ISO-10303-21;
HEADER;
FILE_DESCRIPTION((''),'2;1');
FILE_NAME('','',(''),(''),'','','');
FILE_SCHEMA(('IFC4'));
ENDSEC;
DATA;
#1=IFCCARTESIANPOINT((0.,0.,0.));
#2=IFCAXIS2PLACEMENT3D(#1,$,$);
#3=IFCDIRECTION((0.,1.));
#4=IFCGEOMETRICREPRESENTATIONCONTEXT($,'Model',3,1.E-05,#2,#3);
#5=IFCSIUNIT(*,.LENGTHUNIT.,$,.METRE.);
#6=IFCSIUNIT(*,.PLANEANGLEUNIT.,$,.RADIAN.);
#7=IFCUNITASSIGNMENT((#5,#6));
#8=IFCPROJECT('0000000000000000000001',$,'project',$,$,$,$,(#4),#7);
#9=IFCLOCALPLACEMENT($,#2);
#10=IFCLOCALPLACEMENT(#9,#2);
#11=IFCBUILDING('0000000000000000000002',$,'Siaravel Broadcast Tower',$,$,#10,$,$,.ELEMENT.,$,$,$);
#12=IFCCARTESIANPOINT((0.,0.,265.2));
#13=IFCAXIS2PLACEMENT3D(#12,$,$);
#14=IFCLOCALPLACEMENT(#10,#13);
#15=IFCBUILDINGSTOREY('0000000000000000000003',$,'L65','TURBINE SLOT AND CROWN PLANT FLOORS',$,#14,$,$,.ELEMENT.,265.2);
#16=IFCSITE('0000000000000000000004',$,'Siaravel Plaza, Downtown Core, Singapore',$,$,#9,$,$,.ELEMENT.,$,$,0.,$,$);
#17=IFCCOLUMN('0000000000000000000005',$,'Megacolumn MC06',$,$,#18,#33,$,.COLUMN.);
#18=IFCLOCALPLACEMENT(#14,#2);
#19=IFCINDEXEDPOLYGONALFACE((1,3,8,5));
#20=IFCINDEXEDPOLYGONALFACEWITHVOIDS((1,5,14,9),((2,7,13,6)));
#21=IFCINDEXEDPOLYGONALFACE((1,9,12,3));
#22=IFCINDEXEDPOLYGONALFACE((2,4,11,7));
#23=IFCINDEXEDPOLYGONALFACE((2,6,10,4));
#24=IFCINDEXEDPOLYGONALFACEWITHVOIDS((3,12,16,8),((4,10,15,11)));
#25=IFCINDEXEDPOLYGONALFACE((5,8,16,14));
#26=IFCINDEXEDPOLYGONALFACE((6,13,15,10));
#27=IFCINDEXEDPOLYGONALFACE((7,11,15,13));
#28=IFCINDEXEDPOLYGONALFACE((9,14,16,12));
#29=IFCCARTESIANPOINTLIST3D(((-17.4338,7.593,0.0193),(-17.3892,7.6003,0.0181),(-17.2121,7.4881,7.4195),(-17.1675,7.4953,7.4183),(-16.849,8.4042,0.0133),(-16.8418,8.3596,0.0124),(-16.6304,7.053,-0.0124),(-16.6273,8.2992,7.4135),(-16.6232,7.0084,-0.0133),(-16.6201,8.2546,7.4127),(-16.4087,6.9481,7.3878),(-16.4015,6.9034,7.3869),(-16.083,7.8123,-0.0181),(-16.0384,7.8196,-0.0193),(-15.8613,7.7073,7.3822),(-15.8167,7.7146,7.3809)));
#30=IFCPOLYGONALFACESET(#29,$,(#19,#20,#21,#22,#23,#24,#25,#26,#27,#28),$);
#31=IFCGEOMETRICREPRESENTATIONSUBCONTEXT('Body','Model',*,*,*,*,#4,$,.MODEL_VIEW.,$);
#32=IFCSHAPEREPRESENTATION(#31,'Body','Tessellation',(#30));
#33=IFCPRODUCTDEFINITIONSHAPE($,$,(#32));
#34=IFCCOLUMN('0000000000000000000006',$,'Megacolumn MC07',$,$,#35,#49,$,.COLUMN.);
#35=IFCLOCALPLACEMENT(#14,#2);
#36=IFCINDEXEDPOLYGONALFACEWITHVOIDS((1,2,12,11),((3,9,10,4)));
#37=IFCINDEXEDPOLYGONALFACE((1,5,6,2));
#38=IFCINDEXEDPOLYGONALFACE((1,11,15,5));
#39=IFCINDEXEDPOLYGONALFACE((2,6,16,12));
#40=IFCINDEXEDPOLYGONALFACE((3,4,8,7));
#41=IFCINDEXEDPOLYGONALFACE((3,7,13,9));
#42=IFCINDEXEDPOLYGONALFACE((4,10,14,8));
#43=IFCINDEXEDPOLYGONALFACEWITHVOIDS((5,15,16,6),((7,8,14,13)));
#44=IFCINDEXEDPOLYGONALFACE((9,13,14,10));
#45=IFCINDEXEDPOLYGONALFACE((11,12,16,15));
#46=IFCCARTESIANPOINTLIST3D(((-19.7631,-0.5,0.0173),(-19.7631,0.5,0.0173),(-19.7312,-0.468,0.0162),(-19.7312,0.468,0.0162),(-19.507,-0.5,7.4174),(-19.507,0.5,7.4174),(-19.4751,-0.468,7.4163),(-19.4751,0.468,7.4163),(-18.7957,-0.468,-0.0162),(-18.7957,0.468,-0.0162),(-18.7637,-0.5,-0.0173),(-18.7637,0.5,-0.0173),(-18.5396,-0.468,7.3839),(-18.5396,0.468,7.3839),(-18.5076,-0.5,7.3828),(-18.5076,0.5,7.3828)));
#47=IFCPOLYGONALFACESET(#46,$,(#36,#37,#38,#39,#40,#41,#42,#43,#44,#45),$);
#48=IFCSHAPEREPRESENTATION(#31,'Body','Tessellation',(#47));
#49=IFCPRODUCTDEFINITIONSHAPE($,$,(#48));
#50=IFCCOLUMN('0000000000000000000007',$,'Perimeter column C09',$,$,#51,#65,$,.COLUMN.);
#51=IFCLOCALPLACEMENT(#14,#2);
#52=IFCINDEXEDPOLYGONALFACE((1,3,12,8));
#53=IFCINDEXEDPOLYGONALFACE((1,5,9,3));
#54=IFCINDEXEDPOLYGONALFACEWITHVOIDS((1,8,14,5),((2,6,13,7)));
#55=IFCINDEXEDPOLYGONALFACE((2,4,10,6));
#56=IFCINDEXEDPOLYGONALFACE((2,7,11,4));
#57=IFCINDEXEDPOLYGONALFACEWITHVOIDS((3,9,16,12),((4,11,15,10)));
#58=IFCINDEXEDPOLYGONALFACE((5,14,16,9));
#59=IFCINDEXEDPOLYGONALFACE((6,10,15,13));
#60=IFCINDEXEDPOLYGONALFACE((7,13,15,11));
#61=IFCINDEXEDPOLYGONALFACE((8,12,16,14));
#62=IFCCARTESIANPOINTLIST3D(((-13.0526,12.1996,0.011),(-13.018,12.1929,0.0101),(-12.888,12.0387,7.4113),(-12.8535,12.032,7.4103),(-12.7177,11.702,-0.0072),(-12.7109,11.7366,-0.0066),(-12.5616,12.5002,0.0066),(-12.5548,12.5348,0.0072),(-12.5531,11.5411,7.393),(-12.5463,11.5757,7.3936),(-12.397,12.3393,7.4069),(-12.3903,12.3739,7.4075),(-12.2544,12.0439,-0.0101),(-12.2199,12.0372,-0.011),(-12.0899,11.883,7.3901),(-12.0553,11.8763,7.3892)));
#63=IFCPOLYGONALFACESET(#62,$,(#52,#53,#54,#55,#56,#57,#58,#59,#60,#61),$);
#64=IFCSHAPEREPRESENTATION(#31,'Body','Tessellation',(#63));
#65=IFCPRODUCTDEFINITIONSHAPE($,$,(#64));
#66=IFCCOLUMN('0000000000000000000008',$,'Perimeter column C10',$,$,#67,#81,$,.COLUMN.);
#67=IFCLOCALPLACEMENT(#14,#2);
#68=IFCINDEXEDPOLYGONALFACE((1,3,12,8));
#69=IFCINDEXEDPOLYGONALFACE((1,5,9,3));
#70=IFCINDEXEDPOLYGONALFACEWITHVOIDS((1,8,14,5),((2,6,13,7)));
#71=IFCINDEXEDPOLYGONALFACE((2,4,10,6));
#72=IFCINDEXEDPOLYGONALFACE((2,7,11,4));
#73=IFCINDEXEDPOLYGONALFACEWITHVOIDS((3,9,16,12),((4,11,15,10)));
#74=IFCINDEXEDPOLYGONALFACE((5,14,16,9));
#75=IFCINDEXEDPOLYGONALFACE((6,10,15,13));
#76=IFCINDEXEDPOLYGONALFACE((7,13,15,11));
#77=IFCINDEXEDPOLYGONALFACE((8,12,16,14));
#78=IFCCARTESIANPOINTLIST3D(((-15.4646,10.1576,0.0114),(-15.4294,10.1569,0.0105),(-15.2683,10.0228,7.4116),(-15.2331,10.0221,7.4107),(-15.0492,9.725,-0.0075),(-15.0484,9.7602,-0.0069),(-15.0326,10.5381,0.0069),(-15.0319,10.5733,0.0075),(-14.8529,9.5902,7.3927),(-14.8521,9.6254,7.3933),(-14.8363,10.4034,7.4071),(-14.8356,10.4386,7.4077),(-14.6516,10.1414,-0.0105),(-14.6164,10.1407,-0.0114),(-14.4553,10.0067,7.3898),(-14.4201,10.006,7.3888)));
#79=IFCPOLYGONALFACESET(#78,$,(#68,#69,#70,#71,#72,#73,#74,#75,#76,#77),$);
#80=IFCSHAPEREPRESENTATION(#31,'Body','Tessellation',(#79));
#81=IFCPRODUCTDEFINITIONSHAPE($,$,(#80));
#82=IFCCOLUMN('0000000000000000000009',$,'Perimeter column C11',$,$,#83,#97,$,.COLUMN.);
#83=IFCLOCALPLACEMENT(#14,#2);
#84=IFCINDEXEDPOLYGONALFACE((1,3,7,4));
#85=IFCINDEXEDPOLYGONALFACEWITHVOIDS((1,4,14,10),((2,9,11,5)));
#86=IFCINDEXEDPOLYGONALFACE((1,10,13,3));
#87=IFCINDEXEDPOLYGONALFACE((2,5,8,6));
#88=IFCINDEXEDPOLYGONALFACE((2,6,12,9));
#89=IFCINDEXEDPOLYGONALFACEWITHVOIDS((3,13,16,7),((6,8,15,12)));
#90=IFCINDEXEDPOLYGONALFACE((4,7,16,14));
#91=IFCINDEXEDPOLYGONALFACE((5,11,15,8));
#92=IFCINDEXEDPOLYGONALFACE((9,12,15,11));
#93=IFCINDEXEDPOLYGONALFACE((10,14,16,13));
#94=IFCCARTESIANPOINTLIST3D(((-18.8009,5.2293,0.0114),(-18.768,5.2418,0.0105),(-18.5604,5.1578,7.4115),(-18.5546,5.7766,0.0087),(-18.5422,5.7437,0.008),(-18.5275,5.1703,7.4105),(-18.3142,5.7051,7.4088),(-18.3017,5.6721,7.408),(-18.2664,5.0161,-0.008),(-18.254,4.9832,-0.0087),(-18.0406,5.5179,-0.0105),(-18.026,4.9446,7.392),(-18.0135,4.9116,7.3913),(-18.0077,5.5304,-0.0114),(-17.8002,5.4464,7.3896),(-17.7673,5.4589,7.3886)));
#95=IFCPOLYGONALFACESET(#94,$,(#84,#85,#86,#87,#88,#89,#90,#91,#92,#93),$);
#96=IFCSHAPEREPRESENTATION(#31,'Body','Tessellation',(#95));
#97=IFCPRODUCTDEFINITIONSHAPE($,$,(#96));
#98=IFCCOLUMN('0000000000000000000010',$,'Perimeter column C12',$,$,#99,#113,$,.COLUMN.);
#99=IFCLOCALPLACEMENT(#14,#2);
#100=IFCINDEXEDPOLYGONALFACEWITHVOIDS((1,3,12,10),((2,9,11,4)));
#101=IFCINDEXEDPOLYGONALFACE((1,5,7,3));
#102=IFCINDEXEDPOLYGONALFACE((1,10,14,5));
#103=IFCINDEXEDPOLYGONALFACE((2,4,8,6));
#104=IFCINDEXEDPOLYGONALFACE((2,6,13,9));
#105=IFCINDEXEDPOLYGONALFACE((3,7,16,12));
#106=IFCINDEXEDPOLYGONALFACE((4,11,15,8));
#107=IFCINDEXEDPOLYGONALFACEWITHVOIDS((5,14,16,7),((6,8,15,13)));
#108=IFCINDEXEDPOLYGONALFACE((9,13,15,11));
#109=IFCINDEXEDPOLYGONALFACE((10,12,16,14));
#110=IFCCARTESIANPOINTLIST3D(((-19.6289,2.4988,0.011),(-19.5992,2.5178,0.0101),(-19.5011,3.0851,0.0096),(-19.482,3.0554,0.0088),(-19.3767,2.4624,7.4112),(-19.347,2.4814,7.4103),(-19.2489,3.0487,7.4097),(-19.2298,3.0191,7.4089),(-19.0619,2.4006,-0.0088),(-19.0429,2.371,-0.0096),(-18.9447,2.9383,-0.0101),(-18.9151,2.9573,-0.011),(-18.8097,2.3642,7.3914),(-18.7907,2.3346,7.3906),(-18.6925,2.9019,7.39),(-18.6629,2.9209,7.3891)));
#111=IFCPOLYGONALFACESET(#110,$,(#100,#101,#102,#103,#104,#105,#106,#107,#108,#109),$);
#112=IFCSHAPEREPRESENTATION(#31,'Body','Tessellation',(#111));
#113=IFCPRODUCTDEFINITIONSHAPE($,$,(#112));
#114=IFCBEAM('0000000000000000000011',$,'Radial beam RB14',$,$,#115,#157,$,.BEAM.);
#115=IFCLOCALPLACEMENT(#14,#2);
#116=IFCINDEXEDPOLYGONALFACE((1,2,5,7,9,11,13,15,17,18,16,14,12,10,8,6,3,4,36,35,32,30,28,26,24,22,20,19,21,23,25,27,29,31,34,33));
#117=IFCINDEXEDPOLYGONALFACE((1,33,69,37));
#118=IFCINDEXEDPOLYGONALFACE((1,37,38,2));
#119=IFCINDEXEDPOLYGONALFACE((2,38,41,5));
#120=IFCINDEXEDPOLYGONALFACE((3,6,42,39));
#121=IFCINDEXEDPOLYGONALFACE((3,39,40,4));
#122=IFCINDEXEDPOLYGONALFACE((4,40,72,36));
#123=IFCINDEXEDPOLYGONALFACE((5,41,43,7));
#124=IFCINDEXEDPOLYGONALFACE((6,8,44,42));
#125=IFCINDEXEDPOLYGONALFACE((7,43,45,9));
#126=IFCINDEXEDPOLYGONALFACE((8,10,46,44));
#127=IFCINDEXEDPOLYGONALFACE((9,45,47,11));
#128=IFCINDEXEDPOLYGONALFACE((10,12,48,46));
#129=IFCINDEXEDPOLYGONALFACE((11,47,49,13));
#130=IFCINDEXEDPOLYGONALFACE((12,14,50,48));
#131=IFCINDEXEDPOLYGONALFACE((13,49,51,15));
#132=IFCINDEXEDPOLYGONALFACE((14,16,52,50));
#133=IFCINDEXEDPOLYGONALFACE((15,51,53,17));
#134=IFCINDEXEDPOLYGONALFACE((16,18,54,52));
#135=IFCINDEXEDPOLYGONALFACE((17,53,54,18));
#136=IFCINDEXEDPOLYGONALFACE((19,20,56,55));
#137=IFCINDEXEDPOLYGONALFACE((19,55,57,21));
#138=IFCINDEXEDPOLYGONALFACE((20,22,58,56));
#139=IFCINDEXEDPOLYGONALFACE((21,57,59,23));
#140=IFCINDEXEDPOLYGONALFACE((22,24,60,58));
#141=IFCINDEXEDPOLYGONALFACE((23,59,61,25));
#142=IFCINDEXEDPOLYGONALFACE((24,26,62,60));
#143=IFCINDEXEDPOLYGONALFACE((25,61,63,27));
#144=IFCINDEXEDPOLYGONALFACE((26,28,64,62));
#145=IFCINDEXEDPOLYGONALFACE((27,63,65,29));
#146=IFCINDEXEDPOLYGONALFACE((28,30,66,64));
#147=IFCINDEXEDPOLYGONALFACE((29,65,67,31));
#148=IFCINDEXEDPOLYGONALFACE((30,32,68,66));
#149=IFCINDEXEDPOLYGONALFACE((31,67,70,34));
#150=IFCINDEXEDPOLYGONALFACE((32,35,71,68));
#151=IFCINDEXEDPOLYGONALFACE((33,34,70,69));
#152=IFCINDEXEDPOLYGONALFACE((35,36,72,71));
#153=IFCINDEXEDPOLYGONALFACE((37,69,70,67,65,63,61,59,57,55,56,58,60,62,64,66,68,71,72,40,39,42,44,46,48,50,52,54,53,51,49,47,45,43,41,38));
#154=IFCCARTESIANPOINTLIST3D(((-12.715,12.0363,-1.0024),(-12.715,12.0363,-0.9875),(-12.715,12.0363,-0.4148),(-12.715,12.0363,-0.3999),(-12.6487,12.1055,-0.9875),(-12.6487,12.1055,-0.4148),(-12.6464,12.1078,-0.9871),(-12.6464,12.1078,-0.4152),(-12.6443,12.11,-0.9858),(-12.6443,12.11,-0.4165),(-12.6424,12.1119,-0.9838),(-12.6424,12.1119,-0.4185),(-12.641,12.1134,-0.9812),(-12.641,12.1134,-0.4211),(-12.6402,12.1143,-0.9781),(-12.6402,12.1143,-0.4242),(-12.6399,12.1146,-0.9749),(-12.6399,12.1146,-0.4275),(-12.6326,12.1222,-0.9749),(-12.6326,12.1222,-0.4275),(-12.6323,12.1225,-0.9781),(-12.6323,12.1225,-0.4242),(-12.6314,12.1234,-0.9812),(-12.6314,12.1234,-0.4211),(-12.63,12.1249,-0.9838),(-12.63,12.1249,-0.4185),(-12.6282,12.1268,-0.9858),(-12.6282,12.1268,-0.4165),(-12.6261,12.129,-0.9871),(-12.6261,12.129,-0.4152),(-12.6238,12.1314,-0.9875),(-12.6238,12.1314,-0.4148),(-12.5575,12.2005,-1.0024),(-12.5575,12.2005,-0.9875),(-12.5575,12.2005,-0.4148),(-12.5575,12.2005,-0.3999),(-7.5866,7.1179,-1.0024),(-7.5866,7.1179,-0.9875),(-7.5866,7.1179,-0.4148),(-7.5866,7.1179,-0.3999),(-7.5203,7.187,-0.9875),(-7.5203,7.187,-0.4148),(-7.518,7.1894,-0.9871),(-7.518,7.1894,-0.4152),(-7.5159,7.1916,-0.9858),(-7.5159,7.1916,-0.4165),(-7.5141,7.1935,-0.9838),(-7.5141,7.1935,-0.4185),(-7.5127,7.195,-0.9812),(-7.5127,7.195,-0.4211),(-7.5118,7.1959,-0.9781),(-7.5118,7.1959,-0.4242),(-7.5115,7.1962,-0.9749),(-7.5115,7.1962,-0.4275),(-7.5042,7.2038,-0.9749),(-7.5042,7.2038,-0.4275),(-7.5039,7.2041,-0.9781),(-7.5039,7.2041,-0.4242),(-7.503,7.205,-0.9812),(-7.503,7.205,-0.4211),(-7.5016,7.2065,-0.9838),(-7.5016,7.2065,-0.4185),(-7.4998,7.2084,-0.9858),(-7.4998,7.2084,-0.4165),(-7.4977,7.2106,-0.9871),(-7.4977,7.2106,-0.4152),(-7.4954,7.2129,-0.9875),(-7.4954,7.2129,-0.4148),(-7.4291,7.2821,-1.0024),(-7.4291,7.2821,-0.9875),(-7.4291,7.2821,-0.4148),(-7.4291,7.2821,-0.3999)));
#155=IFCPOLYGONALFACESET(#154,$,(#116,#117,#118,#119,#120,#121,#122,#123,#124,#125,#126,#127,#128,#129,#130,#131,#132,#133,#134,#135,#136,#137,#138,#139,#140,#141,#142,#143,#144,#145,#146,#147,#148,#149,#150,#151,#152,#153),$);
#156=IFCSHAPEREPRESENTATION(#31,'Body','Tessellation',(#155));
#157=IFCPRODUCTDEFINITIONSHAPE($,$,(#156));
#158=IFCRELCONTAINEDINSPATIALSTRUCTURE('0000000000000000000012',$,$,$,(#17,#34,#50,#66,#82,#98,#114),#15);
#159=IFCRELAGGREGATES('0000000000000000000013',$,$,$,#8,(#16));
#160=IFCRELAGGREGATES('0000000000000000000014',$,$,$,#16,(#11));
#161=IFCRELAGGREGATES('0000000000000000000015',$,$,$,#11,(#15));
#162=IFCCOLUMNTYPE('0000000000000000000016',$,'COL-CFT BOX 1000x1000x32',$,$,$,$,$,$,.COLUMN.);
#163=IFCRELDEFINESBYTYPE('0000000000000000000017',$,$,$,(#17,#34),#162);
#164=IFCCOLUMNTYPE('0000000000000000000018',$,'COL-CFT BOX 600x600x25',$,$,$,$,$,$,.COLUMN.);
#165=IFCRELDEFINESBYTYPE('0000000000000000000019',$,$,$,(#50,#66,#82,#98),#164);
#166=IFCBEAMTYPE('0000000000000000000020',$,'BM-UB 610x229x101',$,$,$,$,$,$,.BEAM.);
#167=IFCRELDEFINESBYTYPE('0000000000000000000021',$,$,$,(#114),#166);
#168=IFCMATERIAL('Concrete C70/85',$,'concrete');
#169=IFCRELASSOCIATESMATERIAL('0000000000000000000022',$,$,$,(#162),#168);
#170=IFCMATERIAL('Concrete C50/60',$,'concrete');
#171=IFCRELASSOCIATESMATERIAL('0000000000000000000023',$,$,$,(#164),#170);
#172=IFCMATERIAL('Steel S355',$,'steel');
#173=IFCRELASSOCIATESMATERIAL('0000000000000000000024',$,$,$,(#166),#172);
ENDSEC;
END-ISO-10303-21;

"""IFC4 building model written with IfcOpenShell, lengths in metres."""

from ifc_helpers import new_model, si_unit, direction, frame, origin, origin_2d, place, context, subcontext, project, spatial, hollow_rectangle, i_section, extrude, material, material_profile, profile_set, type_object, element, save


model = new_model("IFC4")

# Units and contexts
model_context = context("Model", 3, precision=1e-05, world=origin(), true_north=direction((0.0, 1.0)))
body_context = subcontext(model_context, "Body", "Model", "MODEL_VIEW")
ifc_project = project(units=[si_unit("LENGTHUNIT", "METRE"), si_unit("PLANEANGLEUNIT", "RADIAN")], contexts=[model_context])

# Site, building, storey
site_placement = place(None, origin())
site = spatial("IfcSite", under=ifc_project, at=site_placement, Name="Siaravel Plaza, Downtown Core, Singapore", CompositionType="ELEMENT", RefElevation=0.0)
building_placement = place(site_placement, origin())
building = spatial("IfcBuilding", under=site, at=building_placement, Name="Siaravel Broadcast Tower", CompositionType="ELEMENT")
storey_placement = place(building_placement, frame((0.0, 0.0, 265.2)))
storey = spatial("IfcBuildingStorey", under=building, at=storey_placement, Name="L65", Description="TURBINE SLOT AND CROWN PLANT FLOORS", CompositionType="ELEMENT", Elevation=265.2)

# Columns
ifc_material_1 = material(Name="Concrete C70/85", Category="concrete")
ifc_material_profile_1 = material_profile(ifc_material_1, hollow_rectangle(XDim=1.0, YDim=1.0, WallThickness=0.032, at=origin_2d()))
ifc_profile_set_1 = profile_set([ifc_material_profile_1], Name="Concrete C70/85")
column_type_1 = type_object("IfcColumnType", Name="COL-CFT BOX 1000x1000x32", PredefinedType="COLUMN", material=ifc_profile_set_1)
column_1_placement = place(storey_placement, frame((-16.7361, 7.7063, 0.0), z_axis=(0.02994, -0.014178, 0.999451), x_axis=(0.584793, 0.81116, -0.006011)))
element("IfcColumn", 1, at=column_1_placement, inside=storey, type_object=column_type_1, Name="Megacolumn MC06", PredefinedType="COLUMN", context=body_context, shape_type="SweptSolid", body=[
    extrude(hollow_rectangle(XDim=1.0, YDim=1.0, WallThickness=0.032, at=origin_2d()), origin(), (0.0, 0.0, 1.0), 7.4043),
])
column_2_placement = place(storey_placement, frame((-19.2634, 0.0, 0.0), z_axis=(0.034587, 0.0, 0.999402), x_axis=(0.0, 1.0, 0.0)))
element("IfcColumn", 2, at=column_2_placement, inside=storey, type_object=column_type_1, Name="Megacolumn MC07", PredefinedType="COLUMN", context=body_context, shape_type="SweptSolid", body=[
    extrude(hollow_rectangle(XDim=1.0, YDim=1.0, WallThickness=0.032, at=origin_2d()), origin(), (0.0, 0.0, 1.0), 7.4045),
])
ifc_material_2 = material(Name="Concrete C50/60", Category="concrete")
ifc_material_profile_2 = material_profile(ifc_material_2, hollow_rectangle(XDim=0.6001, YDim=0.6001, WallThickness=0.0249, at=origin_2d()))
ifc_profile_set_2 = profile_set([ifc_material_profile_2], Name="Concrete C50/60")
column_type_2 = type_object("IfcColumnType", Name="COL-CFT BOX 600x600x25", PredefinedType="COLUMN", material=ifc_profile_set_2)
column_3_placement = place(storey_placement, frame((-12.6362, 12.1184, 0.0), z_axis=(0.022225, -0.021731, 0.999517), x_axis=(0.829478, 0.558505, -0.006302)))
element("IfcColumn", 3, at=column_3_placement, inside=storey, type_object=column_type_2, Name="Perimeter column C09", PredefinedType="COLUMN", context=body_context, shape_type="SweptSolid", body=[
    extrude(hollow_rectangle(XDim=0.6001, YDim=0.6001, WallThickness=0.0249, at=origin_2d()), origin(), (0.0, 0.0, 1.0), 7.4038),
])
column_4_placement = place(storey_placement, frame((-15.0405, 10.1492, 0.0), z_axis=(0.026511, -0.018202, 0.999483), x_axis=(0.721084, 0.692817, -0.00651)))
element("IfcColumn", 4, at=column_4_placement, inside=storey, type_object=column_type_2, Name="Perimeter column C10", PredefinedType="COLUMN", context=body_context, shape_type="SweptSolid", body=[
    extrude(hollow_rectangle(XDim=0.6001, YDim=0.6001, WallThickness=0.0249, at=origin_2d()), origin(), (0.0, 0.0, 1.0), 7.4041),
])
column_5_placement = place(storey_placement, frame((-18.4043, 5.3799, 0.0), z_axis=(0.032478, -0.009661, 0.999426), x_axis=(0.410307, 0.911936, -0.004518)))
element("IfcColumn", 5, at=column_5_placement, inside=storey, type_object=column_type_2, Name="Perimeter column C11", PredefinedType="COLUMN", context=body_context, shape_type="SweptSolid", body=[
    extrude(hollow_rectangle(XDim=0.6001, YDim=0.6001, WallThickness=0.0249, at=origin_2d()), origin(), (0.0, 0.0, 1.0), 7.4043),
])
column_6_placement = place(storey_placement, frame((-19.272, 2.728, 0.0), z_axis=(0.03406, -0.004913, 0.999408), x_axis=(0.212967, 0.977056, -0.002455)))
element("IfcColumn", 6, at=column_6_placement, inside=storey, type_object=column_type_2, Name="Perimeter column C12", PredefinedType="COLUMN", context=body_context, shape_type="SweptSolid", body=[
    extrude(hollow_rectangle(XDim=0.6001, YDim=0.6001, WallThickness=0.0249, at=origin_2d()), origin(), (0.0, 0.0, 1.0), 7.4045),
])

# Beam
ifc_material_3 = material(Name="Steel S355", Category="steel")
ifc_material_profile_3 = material_profile(ifc_material_3, i_section(OverallWidth=0.2275, OverallDepth=0.6025, WebThickness=0.0105, FlangeThickness=0.0149, FilletRadius=0.0127, at=origin_2d()))
ifc_profile_set_3 = profile_set([ifc_material_profile_3], Name="Steel S355")
beam_type_1 = type_object("IfcBeamType", Name="BM-UB 610x229x101", PredefinedType="BEAM", material=ifc_profile_set_3)
beam_1_placement = place(storey_placement, frame((-12.6362, 12.1184, -0.7012), z_axis=(0.721726, -0.692178, 0.0), x_axis=(0.692178, 0.721726, 0.0)))
element("IfcBeam", 7, at=beam_1_placement, inside=storey, type_object=beam_type_1, Name="Radial beam RB14", PredefinedType="BEAM", context=body_context, shape_type="SweptSolid", body=[
    extrude(i_section(OverallWidth=0.2275, OverallDepth=0.6025, WebThickness=0.0105, FlangeThickness=0.0149, FilletRadius=0.0127, at=origin_2d()), origin(), (0.0, 0.0, 1.0), 7.1057),
])

save(model, "model.ifc")
